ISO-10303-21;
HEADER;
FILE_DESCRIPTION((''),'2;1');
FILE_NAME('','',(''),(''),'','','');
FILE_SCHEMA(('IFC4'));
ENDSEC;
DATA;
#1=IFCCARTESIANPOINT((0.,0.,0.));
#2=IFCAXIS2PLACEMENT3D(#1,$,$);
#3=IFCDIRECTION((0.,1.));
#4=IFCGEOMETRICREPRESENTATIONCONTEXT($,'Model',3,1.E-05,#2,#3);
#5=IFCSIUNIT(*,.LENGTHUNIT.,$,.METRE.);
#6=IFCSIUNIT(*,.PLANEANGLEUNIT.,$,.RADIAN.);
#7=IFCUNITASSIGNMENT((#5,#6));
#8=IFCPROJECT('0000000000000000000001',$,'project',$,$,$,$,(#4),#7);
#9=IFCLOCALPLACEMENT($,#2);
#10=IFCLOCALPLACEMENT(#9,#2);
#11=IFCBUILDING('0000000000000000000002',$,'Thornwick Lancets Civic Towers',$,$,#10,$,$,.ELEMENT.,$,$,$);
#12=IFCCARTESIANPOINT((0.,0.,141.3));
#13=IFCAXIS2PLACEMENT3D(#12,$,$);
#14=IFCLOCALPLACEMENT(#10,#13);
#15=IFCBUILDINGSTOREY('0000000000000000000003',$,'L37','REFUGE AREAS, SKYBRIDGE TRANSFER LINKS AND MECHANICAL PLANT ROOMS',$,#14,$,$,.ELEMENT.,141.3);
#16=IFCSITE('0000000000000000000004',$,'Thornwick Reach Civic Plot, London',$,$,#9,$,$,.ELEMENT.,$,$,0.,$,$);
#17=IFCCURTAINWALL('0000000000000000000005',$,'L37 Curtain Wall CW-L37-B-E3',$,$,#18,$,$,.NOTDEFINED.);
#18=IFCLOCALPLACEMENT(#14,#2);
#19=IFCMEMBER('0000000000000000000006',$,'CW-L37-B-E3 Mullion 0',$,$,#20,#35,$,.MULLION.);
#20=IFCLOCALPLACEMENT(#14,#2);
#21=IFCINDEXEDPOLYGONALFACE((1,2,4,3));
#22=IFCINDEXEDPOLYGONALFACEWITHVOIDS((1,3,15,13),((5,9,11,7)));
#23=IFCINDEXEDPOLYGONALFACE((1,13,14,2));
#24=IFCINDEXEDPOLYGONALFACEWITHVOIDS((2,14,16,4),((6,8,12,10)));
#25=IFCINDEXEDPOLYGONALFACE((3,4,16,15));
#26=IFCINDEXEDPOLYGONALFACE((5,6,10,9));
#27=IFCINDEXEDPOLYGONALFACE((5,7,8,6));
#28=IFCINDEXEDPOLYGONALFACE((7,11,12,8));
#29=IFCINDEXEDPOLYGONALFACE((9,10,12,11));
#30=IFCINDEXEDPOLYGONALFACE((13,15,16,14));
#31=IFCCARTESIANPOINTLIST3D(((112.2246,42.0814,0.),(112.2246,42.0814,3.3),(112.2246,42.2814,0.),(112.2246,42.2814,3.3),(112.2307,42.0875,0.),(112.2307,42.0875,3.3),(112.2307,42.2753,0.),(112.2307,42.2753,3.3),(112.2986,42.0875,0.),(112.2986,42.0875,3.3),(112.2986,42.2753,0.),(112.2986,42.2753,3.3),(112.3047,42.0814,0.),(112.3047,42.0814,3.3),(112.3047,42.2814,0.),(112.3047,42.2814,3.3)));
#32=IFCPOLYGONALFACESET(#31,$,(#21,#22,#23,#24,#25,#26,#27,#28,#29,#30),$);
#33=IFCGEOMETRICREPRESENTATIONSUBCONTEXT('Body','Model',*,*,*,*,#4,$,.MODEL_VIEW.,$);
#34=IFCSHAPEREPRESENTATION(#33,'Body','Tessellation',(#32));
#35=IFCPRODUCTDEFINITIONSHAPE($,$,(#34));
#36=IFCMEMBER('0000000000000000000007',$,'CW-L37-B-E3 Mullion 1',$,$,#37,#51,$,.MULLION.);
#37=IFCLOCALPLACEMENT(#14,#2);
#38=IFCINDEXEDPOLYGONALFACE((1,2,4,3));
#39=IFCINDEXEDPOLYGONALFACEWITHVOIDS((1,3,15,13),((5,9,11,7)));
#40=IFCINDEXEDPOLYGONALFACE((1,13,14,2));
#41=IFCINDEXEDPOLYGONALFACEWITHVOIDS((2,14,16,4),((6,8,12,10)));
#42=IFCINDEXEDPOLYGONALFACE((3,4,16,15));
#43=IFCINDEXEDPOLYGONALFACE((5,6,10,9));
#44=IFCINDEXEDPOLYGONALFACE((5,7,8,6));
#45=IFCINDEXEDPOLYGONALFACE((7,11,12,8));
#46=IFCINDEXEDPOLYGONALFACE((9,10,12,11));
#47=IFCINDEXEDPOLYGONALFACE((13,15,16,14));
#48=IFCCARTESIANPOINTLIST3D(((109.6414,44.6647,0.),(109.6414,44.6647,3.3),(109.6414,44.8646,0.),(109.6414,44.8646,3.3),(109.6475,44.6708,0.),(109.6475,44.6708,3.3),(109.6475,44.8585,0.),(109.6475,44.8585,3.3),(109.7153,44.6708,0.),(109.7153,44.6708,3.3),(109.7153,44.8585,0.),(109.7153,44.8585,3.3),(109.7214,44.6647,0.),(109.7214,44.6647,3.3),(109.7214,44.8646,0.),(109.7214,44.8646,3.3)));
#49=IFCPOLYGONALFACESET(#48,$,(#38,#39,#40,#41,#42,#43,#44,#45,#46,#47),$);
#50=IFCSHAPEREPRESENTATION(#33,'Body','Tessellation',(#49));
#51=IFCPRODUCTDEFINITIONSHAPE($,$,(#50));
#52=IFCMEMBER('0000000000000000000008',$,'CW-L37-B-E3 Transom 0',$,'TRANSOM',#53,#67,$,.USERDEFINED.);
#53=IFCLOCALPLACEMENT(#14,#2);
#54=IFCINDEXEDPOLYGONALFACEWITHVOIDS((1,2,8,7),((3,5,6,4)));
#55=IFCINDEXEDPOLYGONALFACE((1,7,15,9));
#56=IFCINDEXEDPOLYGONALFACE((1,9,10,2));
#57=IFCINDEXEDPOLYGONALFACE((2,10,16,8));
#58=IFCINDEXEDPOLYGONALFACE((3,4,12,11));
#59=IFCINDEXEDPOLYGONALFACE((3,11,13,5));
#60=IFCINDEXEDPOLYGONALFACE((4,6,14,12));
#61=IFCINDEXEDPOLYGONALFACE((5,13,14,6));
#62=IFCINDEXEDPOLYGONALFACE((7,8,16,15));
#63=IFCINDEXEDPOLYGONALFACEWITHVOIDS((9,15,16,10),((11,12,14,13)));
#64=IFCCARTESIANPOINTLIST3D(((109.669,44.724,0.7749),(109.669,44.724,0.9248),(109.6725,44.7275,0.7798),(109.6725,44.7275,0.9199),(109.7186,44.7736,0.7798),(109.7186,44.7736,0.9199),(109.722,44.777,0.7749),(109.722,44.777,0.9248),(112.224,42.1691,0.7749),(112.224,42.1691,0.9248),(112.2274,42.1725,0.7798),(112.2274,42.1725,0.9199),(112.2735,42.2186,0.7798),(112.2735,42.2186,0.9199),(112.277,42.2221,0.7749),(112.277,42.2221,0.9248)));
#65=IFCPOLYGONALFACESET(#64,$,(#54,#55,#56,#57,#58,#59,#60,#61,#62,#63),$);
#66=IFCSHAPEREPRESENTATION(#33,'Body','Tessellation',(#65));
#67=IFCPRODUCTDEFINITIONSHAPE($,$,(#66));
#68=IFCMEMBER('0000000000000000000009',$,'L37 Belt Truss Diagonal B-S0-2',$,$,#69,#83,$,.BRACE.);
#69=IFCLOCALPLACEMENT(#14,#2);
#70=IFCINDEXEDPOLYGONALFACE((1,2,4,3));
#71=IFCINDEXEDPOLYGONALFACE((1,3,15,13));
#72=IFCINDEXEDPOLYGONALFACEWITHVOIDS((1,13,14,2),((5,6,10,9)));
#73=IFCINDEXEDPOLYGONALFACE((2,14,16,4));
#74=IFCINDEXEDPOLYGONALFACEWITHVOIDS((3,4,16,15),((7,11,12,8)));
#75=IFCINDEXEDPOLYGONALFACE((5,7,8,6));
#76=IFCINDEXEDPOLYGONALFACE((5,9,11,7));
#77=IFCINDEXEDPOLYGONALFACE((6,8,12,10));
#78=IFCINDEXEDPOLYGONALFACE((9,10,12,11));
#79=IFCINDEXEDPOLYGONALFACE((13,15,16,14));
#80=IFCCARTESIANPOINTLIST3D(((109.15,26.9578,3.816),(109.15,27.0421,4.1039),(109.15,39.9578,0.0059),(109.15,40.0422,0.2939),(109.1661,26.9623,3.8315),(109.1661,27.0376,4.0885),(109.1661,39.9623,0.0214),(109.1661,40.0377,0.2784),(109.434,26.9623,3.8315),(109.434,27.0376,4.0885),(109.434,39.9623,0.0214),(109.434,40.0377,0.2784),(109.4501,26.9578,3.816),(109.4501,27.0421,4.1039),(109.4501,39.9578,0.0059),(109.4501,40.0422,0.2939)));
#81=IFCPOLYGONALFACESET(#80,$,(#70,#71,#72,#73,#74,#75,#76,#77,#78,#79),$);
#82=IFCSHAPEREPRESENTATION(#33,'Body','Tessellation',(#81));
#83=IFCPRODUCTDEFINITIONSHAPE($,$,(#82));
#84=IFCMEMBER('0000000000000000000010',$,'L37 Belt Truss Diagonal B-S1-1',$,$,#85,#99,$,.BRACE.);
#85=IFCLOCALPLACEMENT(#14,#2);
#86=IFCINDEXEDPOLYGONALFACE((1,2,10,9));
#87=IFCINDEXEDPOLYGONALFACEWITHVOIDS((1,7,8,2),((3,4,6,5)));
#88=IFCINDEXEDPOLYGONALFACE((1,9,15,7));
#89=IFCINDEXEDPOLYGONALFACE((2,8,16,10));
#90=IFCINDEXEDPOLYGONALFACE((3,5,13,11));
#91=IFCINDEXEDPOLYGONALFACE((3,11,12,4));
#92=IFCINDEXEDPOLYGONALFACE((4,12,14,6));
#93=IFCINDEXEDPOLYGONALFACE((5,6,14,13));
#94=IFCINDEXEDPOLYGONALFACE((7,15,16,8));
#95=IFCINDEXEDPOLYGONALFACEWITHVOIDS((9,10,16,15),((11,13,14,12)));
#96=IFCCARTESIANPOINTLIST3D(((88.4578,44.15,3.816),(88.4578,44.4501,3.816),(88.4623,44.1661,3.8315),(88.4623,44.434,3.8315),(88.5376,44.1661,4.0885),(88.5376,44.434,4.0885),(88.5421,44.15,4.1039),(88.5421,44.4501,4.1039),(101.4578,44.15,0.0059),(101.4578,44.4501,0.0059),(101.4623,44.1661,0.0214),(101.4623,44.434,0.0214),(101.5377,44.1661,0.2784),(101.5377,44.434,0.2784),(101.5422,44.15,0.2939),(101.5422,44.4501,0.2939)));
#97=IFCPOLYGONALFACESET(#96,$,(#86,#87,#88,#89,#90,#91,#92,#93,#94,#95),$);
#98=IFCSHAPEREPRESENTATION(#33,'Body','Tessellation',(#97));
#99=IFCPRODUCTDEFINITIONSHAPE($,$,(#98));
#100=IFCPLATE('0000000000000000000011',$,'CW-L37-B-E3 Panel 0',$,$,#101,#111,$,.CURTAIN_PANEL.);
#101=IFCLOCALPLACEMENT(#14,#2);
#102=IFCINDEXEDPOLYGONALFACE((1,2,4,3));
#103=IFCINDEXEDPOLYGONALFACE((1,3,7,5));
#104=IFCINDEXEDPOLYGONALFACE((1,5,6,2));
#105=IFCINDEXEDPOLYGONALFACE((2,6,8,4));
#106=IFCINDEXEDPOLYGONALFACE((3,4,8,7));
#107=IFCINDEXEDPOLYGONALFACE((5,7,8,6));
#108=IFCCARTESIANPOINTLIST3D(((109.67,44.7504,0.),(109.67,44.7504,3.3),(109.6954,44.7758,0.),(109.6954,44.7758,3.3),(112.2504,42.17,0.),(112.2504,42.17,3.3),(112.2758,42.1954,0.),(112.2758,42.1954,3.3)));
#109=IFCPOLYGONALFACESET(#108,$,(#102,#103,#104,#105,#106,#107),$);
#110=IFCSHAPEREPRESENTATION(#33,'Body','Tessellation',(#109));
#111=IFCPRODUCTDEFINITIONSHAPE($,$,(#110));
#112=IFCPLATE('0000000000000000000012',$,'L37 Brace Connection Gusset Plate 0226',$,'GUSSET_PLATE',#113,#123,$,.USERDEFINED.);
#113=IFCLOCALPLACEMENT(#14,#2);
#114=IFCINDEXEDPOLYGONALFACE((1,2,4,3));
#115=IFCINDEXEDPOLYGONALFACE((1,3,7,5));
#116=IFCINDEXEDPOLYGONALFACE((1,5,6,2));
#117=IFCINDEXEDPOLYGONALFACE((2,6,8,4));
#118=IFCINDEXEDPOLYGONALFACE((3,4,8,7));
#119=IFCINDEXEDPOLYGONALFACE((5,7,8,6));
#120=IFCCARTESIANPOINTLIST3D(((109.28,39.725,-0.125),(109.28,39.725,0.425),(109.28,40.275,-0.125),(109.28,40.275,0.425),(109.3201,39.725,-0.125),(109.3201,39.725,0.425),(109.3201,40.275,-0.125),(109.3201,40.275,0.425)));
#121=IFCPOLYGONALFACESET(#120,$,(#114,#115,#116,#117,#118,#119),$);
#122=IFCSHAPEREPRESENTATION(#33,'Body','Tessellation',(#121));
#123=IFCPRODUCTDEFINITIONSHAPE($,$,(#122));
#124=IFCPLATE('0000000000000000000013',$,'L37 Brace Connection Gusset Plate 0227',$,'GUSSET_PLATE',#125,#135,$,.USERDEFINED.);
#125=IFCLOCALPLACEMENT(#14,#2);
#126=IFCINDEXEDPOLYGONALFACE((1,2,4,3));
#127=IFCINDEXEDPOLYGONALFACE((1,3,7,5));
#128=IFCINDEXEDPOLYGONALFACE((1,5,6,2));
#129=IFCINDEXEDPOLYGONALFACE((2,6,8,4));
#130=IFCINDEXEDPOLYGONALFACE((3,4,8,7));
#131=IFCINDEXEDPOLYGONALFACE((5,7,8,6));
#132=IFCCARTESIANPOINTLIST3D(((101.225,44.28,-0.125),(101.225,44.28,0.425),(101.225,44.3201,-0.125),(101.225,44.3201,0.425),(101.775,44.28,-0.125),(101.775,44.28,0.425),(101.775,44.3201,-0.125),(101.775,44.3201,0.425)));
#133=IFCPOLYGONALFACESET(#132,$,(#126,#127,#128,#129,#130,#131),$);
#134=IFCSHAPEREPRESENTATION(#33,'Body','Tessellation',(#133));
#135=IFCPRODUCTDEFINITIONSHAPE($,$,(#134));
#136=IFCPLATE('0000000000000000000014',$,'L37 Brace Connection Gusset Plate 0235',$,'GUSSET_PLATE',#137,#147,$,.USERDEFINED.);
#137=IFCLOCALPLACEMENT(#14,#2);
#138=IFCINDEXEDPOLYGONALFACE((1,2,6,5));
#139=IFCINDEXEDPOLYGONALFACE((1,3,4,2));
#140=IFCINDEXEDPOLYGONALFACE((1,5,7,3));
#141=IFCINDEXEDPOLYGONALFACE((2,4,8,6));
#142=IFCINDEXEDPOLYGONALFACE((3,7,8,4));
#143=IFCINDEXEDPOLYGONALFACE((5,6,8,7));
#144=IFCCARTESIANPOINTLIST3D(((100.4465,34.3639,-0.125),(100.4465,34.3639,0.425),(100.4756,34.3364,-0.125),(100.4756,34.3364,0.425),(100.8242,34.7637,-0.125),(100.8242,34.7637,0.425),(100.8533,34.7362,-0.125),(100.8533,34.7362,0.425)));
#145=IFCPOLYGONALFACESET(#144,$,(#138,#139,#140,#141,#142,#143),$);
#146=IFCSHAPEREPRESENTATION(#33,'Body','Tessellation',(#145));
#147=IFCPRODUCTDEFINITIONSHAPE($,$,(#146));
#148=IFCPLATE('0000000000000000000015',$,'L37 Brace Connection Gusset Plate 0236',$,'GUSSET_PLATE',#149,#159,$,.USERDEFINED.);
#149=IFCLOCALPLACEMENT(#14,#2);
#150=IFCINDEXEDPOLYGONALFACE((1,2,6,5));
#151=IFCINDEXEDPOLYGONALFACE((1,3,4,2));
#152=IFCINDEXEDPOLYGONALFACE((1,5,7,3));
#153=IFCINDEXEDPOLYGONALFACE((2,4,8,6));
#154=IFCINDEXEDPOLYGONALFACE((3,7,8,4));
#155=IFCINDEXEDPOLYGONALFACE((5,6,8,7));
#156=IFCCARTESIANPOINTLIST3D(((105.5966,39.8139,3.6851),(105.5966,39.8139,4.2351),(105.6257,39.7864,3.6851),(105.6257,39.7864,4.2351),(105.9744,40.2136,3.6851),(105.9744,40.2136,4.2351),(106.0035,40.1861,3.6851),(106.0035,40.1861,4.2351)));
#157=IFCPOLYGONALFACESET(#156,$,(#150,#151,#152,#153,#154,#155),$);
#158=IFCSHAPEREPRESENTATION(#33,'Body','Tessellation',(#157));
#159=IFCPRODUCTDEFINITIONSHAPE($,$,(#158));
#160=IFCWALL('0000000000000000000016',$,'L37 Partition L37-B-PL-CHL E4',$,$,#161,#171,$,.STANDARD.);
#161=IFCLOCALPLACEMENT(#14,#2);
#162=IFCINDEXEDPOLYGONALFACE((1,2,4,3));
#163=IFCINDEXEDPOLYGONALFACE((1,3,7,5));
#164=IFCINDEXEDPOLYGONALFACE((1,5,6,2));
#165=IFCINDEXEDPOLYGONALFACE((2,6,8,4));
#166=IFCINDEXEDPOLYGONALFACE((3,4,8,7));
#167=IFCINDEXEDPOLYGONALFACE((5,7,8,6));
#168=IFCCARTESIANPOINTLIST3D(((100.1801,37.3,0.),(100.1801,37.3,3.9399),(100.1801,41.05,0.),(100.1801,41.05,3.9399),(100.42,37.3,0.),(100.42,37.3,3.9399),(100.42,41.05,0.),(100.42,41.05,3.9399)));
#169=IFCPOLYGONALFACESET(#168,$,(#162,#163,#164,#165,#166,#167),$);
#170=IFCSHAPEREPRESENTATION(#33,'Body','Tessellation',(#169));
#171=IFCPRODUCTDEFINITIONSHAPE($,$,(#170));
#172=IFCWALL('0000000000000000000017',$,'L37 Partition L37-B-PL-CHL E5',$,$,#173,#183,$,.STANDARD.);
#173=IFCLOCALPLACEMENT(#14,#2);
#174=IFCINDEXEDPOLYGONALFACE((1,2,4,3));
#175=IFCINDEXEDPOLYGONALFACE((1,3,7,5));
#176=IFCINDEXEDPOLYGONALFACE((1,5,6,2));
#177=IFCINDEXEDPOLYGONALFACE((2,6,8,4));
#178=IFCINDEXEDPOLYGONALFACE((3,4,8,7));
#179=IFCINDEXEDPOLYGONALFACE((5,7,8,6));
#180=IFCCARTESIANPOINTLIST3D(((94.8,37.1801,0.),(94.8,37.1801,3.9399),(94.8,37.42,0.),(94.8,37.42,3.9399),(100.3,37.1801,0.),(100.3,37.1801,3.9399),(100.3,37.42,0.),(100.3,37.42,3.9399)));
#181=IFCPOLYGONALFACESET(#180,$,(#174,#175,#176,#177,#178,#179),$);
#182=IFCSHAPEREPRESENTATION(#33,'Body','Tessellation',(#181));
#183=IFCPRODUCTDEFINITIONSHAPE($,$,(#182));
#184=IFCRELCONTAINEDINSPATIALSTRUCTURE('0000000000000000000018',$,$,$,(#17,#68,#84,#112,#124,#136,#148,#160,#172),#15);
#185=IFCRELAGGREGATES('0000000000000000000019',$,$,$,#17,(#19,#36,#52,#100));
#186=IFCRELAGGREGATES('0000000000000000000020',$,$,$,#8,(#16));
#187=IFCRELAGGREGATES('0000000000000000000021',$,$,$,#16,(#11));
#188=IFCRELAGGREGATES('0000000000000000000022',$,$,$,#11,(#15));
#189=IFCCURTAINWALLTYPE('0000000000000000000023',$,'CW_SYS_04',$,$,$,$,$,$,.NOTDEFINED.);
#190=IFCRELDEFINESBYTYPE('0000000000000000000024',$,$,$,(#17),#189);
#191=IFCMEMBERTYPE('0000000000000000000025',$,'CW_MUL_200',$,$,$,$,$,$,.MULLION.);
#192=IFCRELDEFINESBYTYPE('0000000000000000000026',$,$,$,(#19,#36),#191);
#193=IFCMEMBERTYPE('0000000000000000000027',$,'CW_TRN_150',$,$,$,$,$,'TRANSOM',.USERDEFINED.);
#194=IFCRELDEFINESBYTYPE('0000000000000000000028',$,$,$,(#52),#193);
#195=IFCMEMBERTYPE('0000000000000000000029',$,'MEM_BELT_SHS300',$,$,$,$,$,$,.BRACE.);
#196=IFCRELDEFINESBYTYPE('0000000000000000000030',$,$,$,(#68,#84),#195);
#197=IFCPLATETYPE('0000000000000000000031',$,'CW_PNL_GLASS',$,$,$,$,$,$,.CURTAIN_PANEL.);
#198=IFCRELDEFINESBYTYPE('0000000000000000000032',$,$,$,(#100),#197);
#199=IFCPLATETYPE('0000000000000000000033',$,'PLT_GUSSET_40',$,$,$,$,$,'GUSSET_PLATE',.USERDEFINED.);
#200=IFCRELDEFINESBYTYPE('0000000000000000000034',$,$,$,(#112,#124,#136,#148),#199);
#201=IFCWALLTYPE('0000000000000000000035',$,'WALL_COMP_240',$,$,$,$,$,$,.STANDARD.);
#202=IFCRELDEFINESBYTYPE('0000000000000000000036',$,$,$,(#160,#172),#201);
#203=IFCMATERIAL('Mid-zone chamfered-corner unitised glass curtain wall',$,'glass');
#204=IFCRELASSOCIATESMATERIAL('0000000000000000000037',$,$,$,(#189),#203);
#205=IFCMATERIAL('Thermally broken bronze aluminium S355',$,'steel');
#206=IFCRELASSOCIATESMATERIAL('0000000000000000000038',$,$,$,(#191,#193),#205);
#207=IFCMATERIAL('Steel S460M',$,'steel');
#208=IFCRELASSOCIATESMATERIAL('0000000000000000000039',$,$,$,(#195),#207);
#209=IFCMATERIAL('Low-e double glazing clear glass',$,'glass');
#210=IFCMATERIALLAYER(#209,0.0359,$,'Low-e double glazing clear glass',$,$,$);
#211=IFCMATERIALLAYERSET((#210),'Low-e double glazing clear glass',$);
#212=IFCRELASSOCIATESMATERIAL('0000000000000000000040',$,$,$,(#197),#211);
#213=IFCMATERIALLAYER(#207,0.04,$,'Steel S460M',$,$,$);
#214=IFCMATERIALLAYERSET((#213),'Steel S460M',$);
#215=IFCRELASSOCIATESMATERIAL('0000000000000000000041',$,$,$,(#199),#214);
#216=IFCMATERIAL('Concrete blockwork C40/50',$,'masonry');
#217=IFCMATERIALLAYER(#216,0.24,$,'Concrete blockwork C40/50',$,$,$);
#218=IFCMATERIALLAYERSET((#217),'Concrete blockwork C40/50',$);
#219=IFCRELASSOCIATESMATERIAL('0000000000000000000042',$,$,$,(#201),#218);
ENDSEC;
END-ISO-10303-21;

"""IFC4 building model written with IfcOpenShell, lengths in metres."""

from ifc_helpers import new_model, si_unit, direction, frame, frame_2d, origin, origin_2d, place, context, subcontext, project, spatial, rectangle, hollow_rectangle, extrude, material, layer, layer_set, material_profile, profile_set, type_object, element, aggregate, save


model = new_model("IFC4")

# Units and contexts
model_context = context("Model", 3, precision=1e-05, world=origin(), true_north=direction((0.0, 1.0)))
body_context = subcontext(model_context, "Body", "Model", "MODEL_VIEW")
ifc_project = project(units=[si_unit("LENGTHUNIT", "METRE"), si_unit("PLANEANGLEUNIT", "RADIAN")], contexts=[model_context])

# Site, building, storey
site_placement = place(None, origin())
site = spatial("IfcSite", under=ifc_project, at=site_placement, Name="Thornwick Reach Civic Plot, London", CompositionType="ELEMENT", RefElevation=0.0)
building_placement = place(site_placement, origin())
building = spatial("IfcBuilding", under=site, at=building_placement, Name="Thornwick Lancets Civic Towers", CompositionType="ELEMENT")
storey_placement = place(building_placement, frame((0.0, 0.0, 141.3)))
storey = spatial("IfcBuildingStorey", under=building, at=storey_placement, Name="L37", Description="REFUGE AREAS, SKYBRIDGE TRANSFER LINKS AND MECHANICAL PLANT ROOMS", CompositionType="ELEMENT", Elevation=141.3)

# Shared definitions
ifc_material_1 = material(Name="Steel S460M", Category="steel")

# Curtain wall, members
ifc_material_2 = material(Name="Mid-zone chamfered-corner unitised glass curtain wall", Category="glass")
curtain_wall_type = type_object("IfcCurtainWallType", Name="CW_SYS_04", PredefinedType="NOTDEFINED", material=ifc_material_2)
curtain_wall_placement = place(storey_placement, origin())
curtain_wall = element("IfcCurtainWall", 1, at=curtain_wall_placement, inside=storey, type_object=curtain_wall_type, Name="L37 Curtain Wall CW-L37-B-E3", PredefinedType="NOTDEFINED")
ifc_material_3 = material(Name="Thermally broken bronze aluminium S355", Category="steel")
ifc_material_profile_1 = material_profile(ifc_material_3, hollow_rectangle(XDim=0.0801, YDim=0.2, WallThickness=0.0061, at=origin_2d()), Name="RHS 200x80x6")
ifc_profile_set_1 = profile_set([ifc_material_profile_1], Name="Thermally broken bronze aluminium S355")
member_type_1 = type_object("IfcMemberType", Name="CW_MUL_200", PredefinedType="MULLION", material=ifc_profile_set_1)
member_1_placement = place(storey_placement, frame((112.2646, 42.1814, 0.0), z_axis=(0.0, 0.0, 1.0), x_axis=(1.0, 0.0, 0.0)))
member_1 = element("IfcMember", 2, at=member_1_placement, type_object=member_type_1, Name="CW-L37-B-E3 Mullion 0", PredefinedType="MULLION", context=body_context, shape_type="SweptSolid", body=[
    extrude(hollow_rectangle(XDim=0.0801, YDim=0.2, WallThickness=0.0061, at=origin_2d()), origin(), (0.0, 0.0, 1.0), 3.3),
])
member_2_placement = place(storey_placement, frame((109.6814, 44.7646, 0.0), z_axis=(0.0, 0.0, 1.0), x_axis=(1.0, 0.0, 0.0)))
member_2 = element("IfcMember", 3, at=member_2_placement, type_object=member_type_1, Name="CW-L37-B-E3 Mullion 1", PredefinedType="MULLION", context=body_context, shape_type="SweptSolid", body=[
    extrude(hollow_rectangle(XDim=0.0801, YDim=0.2, WallThickness=0.0061, at=origin_2d()), origin(), (0.0, 0.0, 1.0), 3.3),
])
ifc_material_profile_2 = material_profile(ifc_material_3, hollow_rectangle(XDim=0.075, YDim=0.1499, WallThickness=0.0049, at=origin_2d()), Name="RHS 150x75x5")
ifc_profile_set_2 = profile_set([ifc_material_profile_2], Name="Thermally broken bronze aluminium S355")
member_type_2 = type_object("IfcMemberType", Name="CW_TRN_150", ElementType="TRANSOM", PredefinedType="USERDEFINED", material=ifc_profile_set_2)
member_3_placement = place(storey_placement, frame((112.2505, 42.1956, 0.8499), z_axis=(-0.707107, 0.707107, 0.0), x_axis=(-0.707107, -0.707107, 0.0)))
member_3 = element("IfcMember", 4, at=member_3_placement, type_object=member_type_2, Name="CW-L37-B-E3 Transom 0", ObjectType="TRANSOM", PredefinedType="USERDEFINED", context=body_context, shape_type="SweptSolid", body=[
    extrude(hollow_rectangle(XDim=0.075, YDim=0.1499, WallThickness=0.0049, at=origin_2d()), origin(), (0.0, 0.0, 1.0), 3.6133),
])

# Members
ifc_material_profile_3 = material_profile(ifc_material_1, hollow_rectangle(XDim=0.3, YDim=0.3, WallThickness=0.0161, at=origin_2d()), Name="SHS 300x300x16")
ifc_profile_set_3 = profile_set([ifc_material_profile_3], Name="Steel S460M")
member_type_3 = type_object("IfcMemberType", Name="MEM_BELT_SHS300", PredefinedType="BRACE", material=ifc_profile_set_3)
for number, where, z_axis, x_axis, name in (
    (5, (109.3, 40.0, 0.1499), (0.0, -0.959634, 0.281251), (1.0, 0.0, 0.0), "L37 Belt Truss Diagonal B-S0-2"),
    (6, (101.5, 44.3, 0.1499), (-0.959634, 0.0, 0.281251), (0.0, -1.0, 0.0), "L37 Belt Truss Diagonal B-S1-1"),
):
    element("IfcMember", number, at=place(storey_placement, frame(where, z_axis=z_axis, x_axis=x_axis)), inside=storey, type_object=member_type_3, Name=name, PredefinedType="BRACE", context=body_context, shape_type="SweptSolid", body=[
        extrude(hollow_rectangle(XDim=0.3, YDim=0.3, WallThickness=0.0161, at=origin_2d()), origin(), (0.0, 0.0, 1.0), 13.5469),
    ])

# Plate
ifc_material_4 = material(Name="Low-e double glazing clear glass", Category="glass")
ifc_layer_1 = layer(ifc_material_4, 0.0359, Name="Low-e double glazing clear glass")
ifc_layer_set_1 = layer_set([ifc_layer_1], Name="Low-e double glazing clear glass")
plate_type_1 = type_object("IfcPlateType", Name="CW_PNL_GLASS", PredefinedType="CURTAIN_PANEL", material=ifc_layer_set_1)
plate_placement = place(storey_placement, frame((110.9729, 43.4729, 0.0), z_axis=(0.0, 0.0, 1.0), x_axis=(-0.707107, 0.707107, 0.0)))
plate = element("IfcPlate", 7, at=plate_placement, type_object=plate_type_1, Name="CW-L37-B-E3 Panel 0", PredefinedType="CURTAIN_PANEL", context=body_context, shape_type="SweptSolid", body=[
    extrude(rectangle(XDim=3.6492, YDim=0.0359, at=origin_2d()), origin(), (0.0, 0.0, 1.0), 3.3),
])
aggregate(curtain_wall, [member_1, member_2, member_3, plate])

# Plates
ifc_layer_2 = layer(ifc_material_1, 0.04, Name="Steel S460M")
ifc_layer_set_2 = layer_set([ifc_layer_2], Name="Steel S460M")
plate_type_2 = type_object("IfcPlateType", Name="PLT_GUSSET_40", ElementType="GUSSET_PLATE", PredefinedType="USERDEFINED", material=ifc_layer_set_2)
for number, where, z_axis, x_axis, name in (
    (8, (109.3, 40.0, -0.125), (0.0, 0.0, 1.0), (0.0, -1.0, 0.0), "L37 Brace Connection Gusset Plate 0226"),
    (9, (101.5, 44.3, -0.125), (0.0, 0.0, 1.0), (-1.0, 0.0, 0.0), "L37 Brace Connection Gusset Plate 0227"),
    (10, (100.6499, 34.55, -0.125), (0.0, 0.0, 1.0), (0.686834, 0.726814, 0.0), "L37 Brace Connection Gusset Plate 0235"),
    (11, (105.8, 40.0, 3.6851), (0.0, 0.0, 1.0), (0.686834, 0.726814, 0.0), "L37 Brace Connection Gusset Plate 0236"),
):
    element("IfcPlate", number, at=place(storey_placement, frame(where, z_axis=z_axis, x_axis=x_axis)), inside=storey, type_object=plate_type_2, Name=name, ObjectType="GUSSET_PLATE", PredefinedType="USERDEFINED", context=body_context, shape_type="SweptSolid", body=[
        extrude(rectangle(XDim=0.55, YDim=0.04, at=origin_2d()), origin(), (0.0, 0.0, 1.0), 0.55),
    ])

# Walls
ifc_material_5 = material(Name="Concrete blockwork C40/50", Category="masonry")
ifc_layer_3 = layer(ifc_material_5, 0.24, Name="Concrete blockwork C40/50")
ifc_layer_set_3 = layer_set([ifc_layer_3], Name="Concrete blockwork C40/50")
wall_type_1 = type_object("IfcWallType", Name="WALL_COMP_240", PredefinedType="STANDARD", material=ifc_layer_set_3)
wall_1_placement = place(storey_placement, frame((100.3, 41.05, 0.0), z_axis=(0.0, 0.0, 1.0), x_axis=(0.0, -1.0, 0.0)))
element("IfcWall", 12, at=wall_1_placement, inside=storey, type_object=wall_type_1, Name="L37 Partition L37-B-PL-CHL E4", PredefinedType="STANDARD", context=body_context, shape_type="SweptSolid", body=[
    extrude(rectangle(XDim=3.75, YDim=0.24, at=frame_2d((1.875, 0.0))), origin(), (0.0, 0.0, 1.0), 3.9399),
])
wall_2_placement = place(storey_placement, frame((100.3, 37.3, 0.0), z_axis=(0.0, 0.0, 1.0), x_axis=(-1.0, 0.0, 0.0)))
element("IfcWall", 13, at=wall_2_placement, inside=storey, type_object=wall_type_1, Name="L37 Partition L37-B-PL-CHL E5", PredefinedType="STANDARD", context=body_context, shape_type="SweptSolid", body=[
    extrude(rectangle(XDim=5.5, YDim=0.24, at=frame_2d((2.75, 0.0))), origin(), (0.0, 0.0, 1.0), 3.9399),
])

save(model, "model.ifc")
